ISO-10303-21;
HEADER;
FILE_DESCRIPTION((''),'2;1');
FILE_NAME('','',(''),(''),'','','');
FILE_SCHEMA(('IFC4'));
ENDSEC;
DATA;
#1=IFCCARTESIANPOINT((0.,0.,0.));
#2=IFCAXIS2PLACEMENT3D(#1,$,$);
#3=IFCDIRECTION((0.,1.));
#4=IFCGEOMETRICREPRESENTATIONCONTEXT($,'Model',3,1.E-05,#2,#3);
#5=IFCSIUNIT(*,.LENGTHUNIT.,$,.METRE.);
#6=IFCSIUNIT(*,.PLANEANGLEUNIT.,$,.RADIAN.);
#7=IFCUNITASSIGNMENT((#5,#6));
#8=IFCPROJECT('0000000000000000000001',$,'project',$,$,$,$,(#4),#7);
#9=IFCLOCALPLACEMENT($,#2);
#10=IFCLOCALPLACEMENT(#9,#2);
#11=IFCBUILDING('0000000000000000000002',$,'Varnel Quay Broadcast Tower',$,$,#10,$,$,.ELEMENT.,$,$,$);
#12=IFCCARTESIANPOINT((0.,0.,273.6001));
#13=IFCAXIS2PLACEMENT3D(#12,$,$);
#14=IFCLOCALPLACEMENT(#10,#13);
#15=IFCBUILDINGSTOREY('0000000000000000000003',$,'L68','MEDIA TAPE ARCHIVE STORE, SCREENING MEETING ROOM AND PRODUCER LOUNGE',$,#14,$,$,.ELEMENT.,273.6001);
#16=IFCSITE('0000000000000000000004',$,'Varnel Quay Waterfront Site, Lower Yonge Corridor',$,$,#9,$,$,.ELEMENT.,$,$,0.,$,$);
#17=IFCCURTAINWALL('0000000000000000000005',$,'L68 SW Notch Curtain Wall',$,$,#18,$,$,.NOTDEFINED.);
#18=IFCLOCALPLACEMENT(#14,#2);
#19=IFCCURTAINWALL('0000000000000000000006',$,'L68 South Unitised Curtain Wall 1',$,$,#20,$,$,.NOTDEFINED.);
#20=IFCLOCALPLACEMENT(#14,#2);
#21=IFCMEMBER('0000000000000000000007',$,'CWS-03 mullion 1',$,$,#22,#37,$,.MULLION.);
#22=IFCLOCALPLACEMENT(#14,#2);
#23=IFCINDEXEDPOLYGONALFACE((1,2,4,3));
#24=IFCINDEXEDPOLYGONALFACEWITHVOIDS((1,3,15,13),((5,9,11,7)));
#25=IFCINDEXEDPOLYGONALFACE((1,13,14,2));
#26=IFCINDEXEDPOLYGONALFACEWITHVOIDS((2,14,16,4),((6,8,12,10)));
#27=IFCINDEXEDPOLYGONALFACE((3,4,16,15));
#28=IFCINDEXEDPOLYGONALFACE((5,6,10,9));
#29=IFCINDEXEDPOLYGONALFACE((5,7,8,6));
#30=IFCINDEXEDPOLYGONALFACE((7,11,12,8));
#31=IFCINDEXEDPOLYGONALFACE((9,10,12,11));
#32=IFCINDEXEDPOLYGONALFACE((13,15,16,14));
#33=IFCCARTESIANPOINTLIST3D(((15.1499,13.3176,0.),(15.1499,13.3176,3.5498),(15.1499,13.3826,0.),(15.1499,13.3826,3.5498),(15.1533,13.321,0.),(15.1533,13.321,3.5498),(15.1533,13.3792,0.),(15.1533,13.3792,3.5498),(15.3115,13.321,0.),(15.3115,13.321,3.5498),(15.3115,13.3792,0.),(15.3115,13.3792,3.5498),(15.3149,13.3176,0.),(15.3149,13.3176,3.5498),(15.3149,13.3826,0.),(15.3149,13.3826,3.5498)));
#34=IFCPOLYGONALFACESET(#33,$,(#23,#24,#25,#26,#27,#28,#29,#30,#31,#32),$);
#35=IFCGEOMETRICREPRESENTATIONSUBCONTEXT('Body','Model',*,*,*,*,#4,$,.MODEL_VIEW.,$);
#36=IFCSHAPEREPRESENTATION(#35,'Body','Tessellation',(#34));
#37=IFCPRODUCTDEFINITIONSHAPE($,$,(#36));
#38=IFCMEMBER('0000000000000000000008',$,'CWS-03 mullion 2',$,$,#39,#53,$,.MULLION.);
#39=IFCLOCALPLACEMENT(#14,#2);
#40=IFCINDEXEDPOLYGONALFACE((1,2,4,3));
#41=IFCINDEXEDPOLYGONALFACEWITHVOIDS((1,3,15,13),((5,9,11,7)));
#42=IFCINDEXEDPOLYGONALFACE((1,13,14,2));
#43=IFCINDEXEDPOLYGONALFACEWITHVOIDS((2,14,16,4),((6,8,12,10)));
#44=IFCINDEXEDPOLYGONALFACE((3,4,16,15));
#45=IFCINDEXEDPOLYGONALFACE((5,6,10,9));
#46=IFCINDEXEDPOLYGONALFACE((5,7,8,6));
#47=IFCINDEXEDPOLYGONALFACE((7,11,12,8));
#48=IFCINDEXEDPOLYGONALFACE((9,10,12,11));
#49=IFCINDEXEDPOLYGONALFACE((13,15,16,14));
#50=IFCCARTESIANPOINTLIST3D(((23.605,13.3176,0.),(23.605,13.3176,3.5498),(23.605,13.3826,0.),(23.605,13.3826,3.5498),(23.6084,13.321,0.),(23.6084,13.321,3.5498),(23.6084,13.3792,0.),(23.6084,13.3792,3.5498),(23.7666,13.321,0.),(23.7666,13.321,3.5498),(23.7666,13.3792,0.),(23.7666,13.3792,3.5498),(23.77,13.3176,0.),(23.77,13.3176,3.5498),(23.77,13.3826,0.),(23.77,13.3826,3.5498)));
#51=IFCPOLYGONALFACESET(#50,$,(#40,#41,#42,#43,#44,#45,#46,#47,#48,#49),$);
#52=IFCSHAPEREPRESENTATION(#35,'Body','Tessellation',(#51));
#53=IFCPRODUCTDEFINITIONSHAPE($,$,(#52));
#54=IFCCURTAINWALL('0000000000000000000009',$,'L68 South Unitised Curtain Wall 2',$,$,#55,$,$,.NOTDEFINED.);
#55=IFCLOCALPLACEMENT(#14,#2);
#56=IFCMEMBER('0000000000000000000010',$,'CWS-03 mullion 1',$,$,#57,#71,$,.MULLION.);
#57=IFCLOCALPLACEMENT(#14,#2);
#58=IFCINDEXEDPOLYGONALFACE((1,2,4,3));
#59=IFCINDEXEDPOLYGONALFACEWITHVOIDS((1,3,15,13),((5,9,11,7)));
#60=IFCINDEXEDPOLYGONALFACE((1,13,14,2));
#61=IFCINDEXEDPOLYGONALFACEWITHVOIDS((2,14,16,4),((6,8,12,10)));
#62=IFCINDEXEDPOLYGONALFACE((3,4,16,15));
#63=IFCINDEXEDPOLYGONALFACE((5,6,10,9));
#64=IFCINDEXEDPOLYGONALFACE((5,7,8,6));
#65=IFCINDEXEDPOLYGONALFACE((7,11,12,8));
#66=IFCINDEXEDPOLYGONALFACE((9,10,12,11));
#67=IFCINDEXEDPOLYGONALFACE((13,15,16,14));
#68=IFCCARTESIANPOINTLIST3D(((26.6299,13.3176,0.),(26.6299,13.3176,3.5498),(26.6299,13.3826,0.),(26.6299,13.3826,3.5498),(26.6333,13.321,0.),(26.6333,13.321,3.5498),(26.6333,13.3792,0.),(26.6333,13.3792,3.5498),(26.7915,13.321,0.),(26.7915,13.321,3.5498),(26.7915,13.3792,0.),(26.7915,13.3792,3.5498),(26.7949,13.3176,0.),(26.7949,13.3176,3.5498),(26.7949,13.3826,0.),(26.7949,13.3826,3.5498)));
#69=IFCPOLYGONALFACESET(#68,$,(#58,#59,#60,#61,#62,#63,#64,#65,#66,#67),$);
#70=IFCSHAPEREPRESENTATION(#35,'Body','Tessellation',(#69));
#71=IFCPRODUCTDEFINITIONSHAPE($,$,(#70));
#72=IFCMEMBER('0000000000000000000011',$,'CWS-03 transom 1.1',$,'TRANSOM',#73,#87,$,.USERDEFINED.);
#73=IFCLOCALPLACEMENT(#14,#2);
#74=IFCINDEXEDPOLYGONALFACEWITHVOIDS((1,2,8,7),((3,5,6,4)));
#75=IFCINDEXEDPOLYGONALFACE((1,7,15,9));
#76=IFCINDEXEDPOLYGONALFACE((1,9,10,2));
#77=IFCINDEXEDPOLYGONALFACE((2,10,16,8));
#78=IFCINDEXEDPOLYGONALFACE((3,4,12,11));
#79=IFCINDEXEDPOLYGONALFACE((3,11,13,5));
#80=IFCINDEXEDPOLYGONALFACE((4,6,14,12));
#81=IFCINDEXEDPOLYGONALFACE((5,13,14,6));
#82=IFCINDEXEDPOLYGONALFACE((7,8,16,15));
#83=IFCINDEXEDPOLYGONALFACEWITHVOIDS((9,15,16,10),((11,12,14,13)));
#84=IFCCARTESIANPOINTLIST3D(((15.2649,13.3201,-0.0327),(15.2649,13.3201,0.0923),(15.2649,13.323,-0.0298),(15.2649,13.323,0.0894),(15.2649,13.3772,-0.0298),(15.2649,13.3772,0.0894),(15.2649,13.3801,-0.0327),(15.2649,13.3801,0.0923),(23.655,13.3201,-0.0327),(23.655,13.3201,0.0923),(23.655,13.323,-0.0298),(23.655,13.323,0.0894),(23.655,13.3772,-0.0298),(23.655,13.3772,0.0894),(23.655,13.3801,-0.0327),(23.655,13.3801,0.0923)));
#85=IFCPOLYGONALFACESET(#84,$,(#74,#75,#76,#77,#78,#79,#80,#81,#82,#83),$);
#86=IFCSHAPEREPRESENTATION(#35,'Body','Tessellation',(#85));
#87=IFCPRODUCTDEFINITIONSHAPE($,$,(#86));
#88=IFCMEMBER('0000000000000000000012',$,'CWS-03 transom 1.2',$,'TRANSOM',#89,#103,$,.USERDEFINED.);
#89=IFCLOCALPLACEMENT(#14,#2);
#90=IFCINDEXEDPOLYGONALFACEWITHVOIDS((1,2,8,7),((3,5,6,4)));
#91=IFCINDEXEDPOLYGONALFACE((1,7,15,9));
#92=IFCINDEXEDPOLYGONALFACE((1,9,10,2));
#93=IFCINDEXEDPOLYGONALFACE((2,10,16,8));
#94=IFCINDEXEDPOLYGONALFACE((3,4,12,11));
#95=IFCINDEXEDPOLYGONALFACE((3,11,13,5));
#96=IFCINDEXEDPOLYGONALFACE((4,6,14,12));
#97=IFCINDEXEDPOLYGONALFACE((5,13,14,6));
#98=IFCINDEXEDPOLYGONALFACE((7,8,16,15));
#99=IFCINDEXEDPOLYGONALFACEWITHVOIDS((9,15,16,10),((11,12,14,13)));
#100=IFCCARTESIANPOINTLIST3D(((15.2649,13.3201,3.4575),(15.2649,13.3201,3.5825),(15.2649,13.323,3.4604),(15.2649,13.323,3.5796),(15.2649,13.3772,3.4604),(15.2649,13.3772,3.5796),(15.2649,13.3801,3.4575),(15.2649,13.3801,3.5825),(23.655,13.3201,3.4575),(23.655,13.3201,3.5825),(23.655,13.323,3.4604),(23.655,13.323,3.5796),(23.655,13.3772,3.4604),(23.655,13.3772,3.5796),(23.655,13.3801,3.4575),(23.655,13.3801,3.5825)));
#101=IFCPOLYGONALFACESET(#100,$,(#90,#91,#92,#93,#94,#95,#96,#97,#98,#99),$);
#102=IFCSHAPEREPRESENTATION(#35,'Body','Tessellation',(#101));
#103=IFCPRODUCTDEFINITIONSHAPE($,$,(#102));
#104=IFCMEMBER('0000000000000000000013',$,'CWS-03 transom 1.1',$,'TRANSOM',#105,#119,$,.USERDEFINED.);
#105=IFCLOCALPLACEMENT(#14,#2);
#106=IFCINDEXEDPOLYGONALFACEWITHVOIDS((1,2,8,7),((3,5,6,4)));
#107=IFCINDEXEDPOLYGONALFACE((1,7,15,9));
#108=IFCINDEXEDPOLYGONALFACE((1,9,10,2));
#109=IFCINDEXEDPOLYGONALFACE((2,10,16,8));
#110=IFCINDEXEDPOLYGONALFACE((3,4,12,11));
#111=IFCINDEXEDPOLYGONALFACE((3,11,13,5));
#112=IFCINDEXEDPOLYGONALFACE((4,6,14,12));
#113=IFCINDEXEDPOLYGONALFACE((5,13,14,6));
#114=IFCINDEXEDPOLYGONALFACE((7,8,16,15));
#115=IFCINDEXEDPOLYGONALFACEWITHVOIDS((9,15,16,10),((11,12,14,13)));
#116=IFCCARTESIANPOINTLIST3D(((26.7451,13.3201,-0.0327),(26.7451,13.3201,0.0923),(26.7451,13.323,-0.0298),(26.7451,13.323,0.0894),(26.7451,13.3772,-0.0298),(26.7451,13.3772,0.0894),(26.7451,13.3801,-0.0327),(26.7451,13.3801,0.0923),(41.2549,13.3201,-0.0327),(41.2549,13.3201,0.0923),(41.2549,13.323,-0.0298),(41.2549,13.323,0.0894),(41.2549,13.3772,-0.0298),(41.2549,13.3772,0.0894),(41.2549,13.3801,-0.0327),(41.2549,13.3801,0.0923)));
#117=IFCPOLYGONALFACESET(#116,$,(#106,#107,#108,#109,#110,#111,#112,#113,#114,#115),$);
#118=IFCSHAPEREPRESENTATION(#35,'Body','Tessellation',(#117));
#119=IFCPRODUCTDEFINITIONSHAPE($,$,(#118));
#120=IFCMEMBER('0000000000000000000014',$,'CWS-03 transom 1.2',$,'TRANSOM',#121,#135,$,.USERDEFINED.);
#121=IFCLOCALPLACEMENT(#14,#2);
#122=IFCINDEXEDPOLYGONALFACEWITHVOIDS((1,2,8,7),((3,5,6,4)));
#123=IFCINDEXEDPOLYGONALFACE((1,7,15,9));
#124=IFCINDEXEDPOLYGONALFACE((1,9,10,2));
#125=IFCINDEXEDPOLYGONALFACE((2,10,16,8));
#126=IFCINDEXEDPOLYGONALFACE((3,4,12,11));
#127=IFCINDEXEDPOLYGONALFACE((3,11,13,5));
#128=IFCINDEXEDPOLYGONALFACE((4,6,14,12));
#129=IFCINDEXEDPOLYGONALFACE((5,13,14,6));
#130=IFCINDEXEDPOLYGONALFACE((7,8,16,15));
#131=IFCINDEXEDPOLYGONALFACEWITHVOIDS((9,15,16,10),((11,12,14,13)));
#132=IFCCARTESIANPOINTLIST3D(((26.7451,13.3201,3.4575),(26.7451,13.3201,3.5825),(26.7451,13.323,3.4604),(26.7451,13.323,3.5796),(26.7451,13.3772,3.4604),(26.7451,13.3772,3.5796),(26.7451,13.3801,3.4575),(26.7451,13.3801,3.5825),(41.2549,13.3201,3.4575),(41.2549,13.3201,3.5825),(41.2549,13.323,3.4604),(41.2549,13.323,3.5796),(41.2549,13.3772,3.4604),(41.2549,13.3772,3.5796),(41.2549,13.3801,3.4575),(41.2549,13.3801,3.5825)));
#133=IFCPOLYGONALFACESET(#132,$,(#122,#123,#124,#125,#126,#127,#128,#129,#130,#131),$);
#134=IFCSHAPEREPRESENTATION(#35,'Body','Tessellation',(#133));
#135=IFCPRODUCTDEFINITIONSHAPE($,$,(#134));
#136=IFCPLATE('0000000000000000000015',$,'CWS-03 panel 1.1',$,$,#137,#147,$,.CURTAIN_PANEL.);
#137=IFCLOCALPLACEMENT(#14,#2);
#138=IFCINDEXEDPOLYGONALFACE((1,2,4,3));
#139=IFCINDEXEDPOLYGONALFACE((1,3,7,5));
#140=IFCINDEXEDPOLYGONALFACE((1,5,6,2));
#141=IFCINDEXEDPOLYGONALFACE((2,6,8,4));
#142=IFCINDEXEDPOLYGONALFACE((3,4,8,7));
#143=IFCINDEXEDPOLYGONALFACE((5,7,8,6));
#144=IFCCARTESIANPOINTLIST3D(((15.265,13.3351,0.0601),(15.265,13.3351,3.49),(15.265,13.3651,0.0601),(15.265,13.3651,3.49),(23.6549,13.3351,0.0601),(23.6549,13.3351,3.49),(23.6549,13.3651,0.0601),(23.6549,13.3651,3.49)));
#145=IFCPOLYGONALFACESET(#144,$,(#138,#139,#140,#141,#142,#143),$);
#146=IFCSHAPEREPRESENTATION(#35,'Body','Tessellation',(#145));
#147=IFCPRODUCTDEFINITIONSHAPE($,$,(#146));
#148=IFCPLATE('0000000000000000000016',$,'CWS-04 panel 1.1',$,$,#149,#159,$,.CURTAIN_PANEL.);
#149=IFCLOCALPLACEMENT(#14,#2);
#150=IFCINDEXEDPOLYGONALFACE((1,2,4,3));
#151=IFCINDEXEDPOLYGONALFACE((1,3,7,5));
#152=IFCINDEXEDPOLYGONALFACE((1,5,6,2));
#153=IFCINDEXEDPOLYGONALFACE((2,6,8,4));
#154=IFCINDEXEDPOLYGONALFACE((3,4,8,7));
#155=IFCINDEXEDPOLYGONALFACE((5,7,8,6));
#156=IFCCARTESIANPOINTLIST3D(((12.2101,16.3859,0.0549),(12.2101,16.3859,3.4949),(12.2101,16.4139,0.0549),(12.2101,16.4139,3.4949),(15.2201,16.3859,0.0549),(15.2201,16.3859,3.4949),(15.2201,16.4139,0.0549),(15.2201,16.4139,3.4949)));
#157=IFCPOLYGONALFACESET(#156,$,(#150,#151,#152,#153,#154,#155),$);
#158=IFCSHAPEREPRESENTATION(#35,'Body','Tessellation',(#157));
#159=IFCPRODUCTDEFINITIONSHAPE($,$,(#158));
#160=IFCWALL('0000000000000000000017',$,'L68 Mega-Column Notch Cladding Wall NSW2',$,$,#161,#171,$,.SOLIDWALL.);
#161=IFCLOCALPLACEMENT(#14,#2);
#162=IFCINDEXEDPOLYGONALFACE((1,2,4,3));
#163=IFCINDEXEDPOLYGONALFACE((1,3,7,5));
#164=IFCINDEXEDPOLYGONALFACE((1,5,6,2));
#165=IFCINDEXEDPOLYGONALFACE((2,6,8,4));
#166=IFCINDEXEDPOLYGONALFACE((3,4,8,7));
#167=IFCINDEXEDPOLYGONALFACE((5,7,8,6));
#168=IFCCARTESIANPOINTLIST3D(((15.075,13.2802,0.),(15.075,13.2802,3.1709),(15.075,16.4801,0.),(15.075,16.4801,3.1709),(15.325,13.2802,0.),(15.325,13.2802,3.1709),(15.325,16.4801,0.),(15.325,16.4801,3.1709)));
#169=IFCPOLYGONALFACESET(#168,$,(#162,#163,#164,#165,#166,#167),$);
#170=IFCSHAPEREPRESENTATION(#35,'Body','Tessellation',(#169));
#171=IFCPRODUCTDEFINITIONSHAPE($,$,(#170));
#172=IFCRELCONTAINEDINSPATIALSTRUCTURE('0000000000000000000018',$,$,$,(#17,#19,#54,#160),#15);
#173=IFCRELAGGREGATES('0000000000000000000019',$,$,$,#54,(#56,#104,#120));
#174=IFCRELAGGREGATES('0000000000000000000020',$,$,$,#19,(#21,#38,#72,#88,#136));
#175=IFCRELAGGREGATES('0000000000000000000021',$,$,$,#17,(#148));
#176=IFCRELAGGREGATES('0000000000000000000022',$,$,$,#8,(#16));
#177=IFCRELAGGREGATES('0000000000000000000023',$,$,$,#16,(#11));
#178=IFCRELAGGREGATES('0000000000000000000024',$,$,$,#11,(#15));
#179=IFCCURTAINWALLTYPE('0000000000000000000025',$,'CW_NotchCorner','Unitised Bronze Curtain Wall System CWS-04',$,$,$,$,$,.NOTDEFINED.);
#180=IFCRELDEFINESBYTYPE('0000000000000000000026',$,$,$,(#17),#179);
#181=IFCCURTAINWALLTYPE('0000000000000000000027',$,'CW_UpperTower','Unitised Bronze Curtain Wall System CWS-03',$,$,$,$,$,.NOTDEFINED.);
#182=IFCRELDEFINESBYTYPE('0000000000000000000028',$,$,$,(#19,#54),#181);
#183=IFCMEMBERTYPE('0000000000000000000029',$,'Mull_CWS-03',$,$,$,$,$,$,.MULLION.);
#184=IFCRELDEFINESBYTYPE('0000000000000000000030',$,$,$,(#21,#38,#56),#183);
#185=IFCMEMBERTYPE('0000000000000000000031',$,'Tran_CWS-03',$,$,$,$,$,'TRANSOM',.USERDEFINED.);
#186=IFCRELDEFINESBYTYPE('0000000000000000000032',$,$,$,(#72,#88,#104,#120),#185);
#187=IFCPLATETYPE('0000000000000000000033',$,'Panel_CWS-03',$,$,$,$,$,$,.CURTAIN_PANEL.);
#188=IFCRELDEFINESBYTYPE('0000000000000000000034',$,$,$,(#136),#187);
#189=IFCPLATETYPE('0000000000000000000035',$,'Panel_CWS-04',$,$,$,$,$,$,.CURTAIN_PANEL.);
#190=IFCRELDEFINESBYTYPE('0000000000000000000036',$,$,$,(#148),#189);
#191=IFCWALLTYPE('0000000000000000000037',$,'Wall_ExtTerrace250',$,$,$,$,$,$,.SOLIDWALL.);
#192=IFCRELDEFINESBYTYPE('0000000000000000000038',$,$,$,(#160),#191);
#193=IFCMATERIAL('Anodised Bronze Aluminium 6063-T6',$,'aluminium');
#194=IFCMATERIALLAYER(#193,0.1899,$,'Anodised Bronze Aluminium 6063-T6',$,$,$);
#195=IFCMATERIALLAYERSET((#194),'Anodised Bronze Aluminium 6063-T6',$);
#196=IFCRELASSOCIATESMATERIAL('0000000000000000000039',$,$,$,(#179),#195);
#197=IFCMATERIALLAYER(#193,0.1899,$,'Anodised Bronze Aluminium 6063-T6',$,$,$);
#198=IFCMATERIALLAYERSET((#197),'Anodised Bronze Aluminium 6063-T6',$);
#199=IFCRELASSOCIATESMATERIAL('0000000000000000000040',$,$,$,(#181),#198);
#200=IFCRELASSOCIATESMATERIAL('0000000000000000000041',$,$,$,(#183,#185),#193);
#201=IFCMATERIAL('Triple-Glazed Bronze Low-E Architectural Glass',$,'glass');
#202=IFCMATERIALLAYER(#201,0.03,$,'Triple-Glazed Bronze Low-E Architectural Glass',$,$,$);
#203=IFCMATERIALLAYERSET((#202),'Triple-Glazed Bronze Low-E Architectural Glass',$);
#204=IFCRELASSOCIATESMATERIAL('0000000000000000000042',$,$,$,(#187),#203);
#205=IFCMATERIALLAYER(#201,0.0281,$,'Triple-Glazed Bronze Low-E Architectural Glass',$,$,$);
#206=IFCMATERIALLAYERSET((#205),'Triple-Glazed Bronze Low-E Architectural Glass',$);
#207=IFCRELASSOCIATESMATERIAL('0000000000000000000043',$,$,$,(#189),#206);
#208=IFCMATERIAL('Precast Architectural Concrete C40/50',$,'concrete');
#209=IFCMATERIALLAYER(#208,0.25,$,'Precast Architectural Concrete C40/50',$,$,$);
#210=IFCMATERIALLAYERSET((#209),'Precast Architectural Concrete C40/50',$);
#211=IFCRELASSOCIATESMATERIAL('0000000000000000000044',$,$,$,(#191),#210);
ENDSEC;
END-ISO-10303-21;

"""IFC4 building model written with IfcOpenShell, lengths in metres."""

from ifc_helpers import new_model, si_unit, direction, frame, frame_2d, origin, origin_2d, place, context, subcontext, project, spatial, rectangle, hollow_rectangle, extrude, source, transform, mapped, material, layer, layer_set, material_profile, profile_set, type_object, type_shapes, element, aggregate, save


model = new_model("IFC4")

# Units and contexts
model_context = context("Model", 3, precision=1e-05, world=origin(), true_north=direction((0.0, 1.0)))
body_context = subcontext(model_context, "Body", "Model", "MODEL_VIEW")
ifc_project = project(units=[si_unit("LENGTHUNIT", "METRE"), si_unit("PLANEANGLEUNIT", "RADIAN")], contexts=[model_context])

# Site, building, storey
site_placement = place(None, origin())
site = spatial("IfcSite", under=ifc_project, at=site_placement, Name="Varnel Quay Waterfront Site, Lower Yonge Corridor", CompositionType="ELEMENT", RefElevation=0.0)
building_placement = place(site_placement, origin())
building = spatial("IfcBuilding", under=site, at=building_placement, Name="Varnel Quay Broadcast Tower", CompositionType="ELEMENT")
storey_placement = place(building_placement, frame((0.0, 0.0, 273.6001)))
storey = spatial("IfcBuildingStorey", under=building, at=storey_placement, Name="L68", Description="MEDIA TAPE ARCHIVE STORE, SCREENING MEETING ROOM AND PRODUCER LOUNGE", CompositionType="ELEMENT", Elevation=273.6001)

# Curtain wall
ifc_material_1 = material(Name="Anodised Bronze Aluminium 6063-T6", Category="aluminium")
ifc_layer_1 = layer(ifc_material_1, 0.1899, Name="Anodised Bronze Aluminium 6063-T6")
ifc_layer_set_1 = layer_set([ifc_layer_1], Name="Anodised Bronze Aluminium 6063-T6")
curtain_wall_type_1 = type_object("IfcCurtainWallType", Name="CW_NotchCorner", Description="Unitised Bronze Curtain Wall System CWS-04", PredefinedType="NOTDEFINED", material=ifc_layer_set_1)
curtain_wall_1_placement = place(storey_placement, origin())
curtain_wall_1 = element("IfcCurtainWall", 1, at=curtain_wall_1_placement, inside=storey, type_object=curtain_wall_type_1, Name="L68 SW Notch Curtain Wall", PredefinedType="NOTDEFINED")

# Curtain wall, members
ifc_layer_2 = layer(ifc_material_1, 0.1899, Name="Anodised Bronze Aluminium 6063-T6")
ifc_layer_set_2 = layer_set([ifc_layer_2], Name="Anodised Bronze Aluminium 6063-T6")
curtain_wall_type_2 = type_object("IfcCurtainWallType", Name="CW_UpperTower", Description="Unitised Bronze Curtain Wall System CWS-03", PredefinedType="NOTDEFINED", material=ifc_layer_set_2)
curtain_wall_2_placement = place(storey_placement, origin())
curtain_wall_2 = element("IfcCurtainWall", 2, at=curtain_wall_2_placement, inside=storey, type_object=curtain_wall_type_2, Name="L68 South Unitised Curtain Wall 1", PredefinedType="NOTDEFINED")
ifc_material_profile_1 = material_profile(ifc_material_1, hollow_rectangle(XDim=0.0649, YDim=0.165, WallThickness=0.0034, at=origin_2d()), Name="ALU65X165X3.5")
ifc_profile_set_1 = profile_set([ifc_material_profile_1], Name="Anodised Bronze Aluminium 6063-T6")
member_type_1 = type_object("IfcMemberType", Name="Mull_CWS-03", PredefinedType="MULLION", material=ifc_profile_set_1)
shared_shape_1 = source(origin(), body_context, "Body", "SweptSolid", [
    extrude(hollow_rectangle(XDim=0.0649, YDim=0.165, WallThickness=0.0034, at=origin_2d()), origin(), (0.0, 0.0, 1.0), 3.5498),
])
type_shapes(member_type_1, [shared_shape_1])
member_1_placement = place(storey_placement, frame((15.2324, 13.3501, 0.0), z_axis=(0.0, 0.0, 1.0), x_axis=(0.0, 1.0, 0.0)))
member_1 = element("IfcMember", 3, at=member_1_placement, type_object=member_type_1, Name="CWS-03 mullion 1", PredefinedType="MULLION", context=body_context, shape_type="MappedRepresentation", body=[
    mapped(shared_shape_1, transform((0.0, 0.0, 0.0), x_axis=(1.0, 0.0, 0.0), y_axis=(0.0, 1.0, 0.0), z_axis=(0.0, 0.0, 1.0), scale=1.0)),
])
member_2_placement = place(storey_placement, frame((23.6875, 13.3501, 0.0), z_axis=(0.0, 0.0, 1.0), x_axis=(0.0, 1.0, 0.0)))
member_2 = element("IfcMember", 4, at=member_2_placement, type_object=member_type_1, Name="CWS-03 mullion 2", PredefinedType="MULLION", context=body_context, shape_type="MappedRepresentation", body=[
    mapped(shared_shape_1, transform((0.0, 0.0, 0.0), x_axis=(1.0, 0.0, 0.0), y_axis=(0.0, 1.0, 0.0), z_axis=(0.0, 0.0, 1.0), scale=1.0)),
])

# Curtain wall, member
curtain_wall_3_placement = place(storey_placement, origin())
curtain_wall_3 = element("IfcCurtainWall", 5, at=curtain_wall_3_placement, inside=storey, type_object=curtain_wall_type_2, Name="L68 South Unitised Curtain Wall 2", PredefinedType="NOTDEFINED")
member_3_placement = place(storey_placement, frame((26.7124, 13.3501, 0.0), z_axis=(0.0, 0.0, 1.0), x_axis=(0.0, 1.0, 0.0)))
member_3 = element("IfcMember", 6, at=member_3_placement, type_object=member_type_1, Name="CWS-03 mullion 1", PredefinedType="MULLION", context=body_context, shape_type="MappedRepresentation", body=[
    mapped(shared_shape_1, transform((0.0, 0.0, 0.0), x_axis=(1.0, 0.0, 0.0), y_axis=(0.0, 1.0, 0.0), z_axis=(0.0, 0.0, 1.0), scale=1.0)),
])

# Members
ifc_material_profile_2 = material_profile(ifc_material_1, hollow_rectangle(XDim=0.0601, YDim=0.125, WallThickness=0.0029, at=origin_2d()), Name="ALU60X125X3")
ifc_profile_set_2 = profile_set([ifc_material_profile_2], Name="Anodised Bronze Aluminium 6063-T6")
member_type_2 = type_object("IfcMemberType", Name="Tran_CWS-03", ElementType="TRANSOM", PredefinedType="USERDEFINED", material=ifc_profile_set_2)
shared_shape_2 = source(origin(), body_context, "Body", "SweptSolid", [
    extrude(hollow_rectangle(XDim=0.0601, YDim=0.125, WallThickness=0.0029, at=origin_2d()), origin(), (0.0, 0.0, 1.0), 8.3901),
])
member_4_placement = place(storey_placement, frame((15.2649, 13.3501, 0.0298), z_axis=(1.0, 0.0, 0.0), x_axis=(0.0, 1.0, 0.0)))
member_4 = element("IfcMember", 7, at=member_4_placement, type_object=member_type_2, Name="CWS-03 transom 1.1", ObjectType="TRANSOM", PredefinedType="USERDEFINED", context=body_context, shape_type="MappedRepresentation", body=[
    mapped(shared_shape_2, transform((0.0, 0.0, 0.0), x_axis=(1.0, 0.0, 0.0), y_axis=(0.0, 1.0, 0.0), z_axis=(0.0, 0.0, 1.0), scale=1.0)),
])
member_5_placement = place(storey_placement, frame((15.2649, 13.3501, 3.52), z_axis=(1.0, 0.0, 0.0), x_axis=(0.0, 1.0, 0.0)))
member_5 = element("IfcMember", 8, at=member_5_placement, type_object=member_type_2, Name="CWS-03 transom 1.2", ObjectType="TRANSOM", PredefinedType="USERDEFINED", context=body_context, shape_type="MappedRepresentation", body=[
    mapped(shared_shape_2, transform((0.0, 0.0, 0.0), x_axis=(1.0, 0.0, 0.0), y_axis=(0.0, 1.0, 0.0), z_axis=(0.0, 0.0, 1.0), scale=1.0)),
])
shared_shape_3 = source(origin(), body_context, "Body", "SweptSolid", [
    extrude(hollow_rectangle(XDim=0.0601, YDim=0.125, WallThickness=0.0029, at=origin_2d()), origin(), (0.0, 0.0, 1.0), 14.5098),
])
type_shapes(member_type_2, [shared_shape_2, shared_shape_3])
member_6_placement = place(storey_placement, frame((26.7451, 13.3501, 0.0298), z_axis=(1.0, 0.0, 0.0), x_axis=(0.0, 1.0, 0.0)))
member_6 = element("IfcMember", 9, at=member_6_placement, type_object=member_type_2, Name="CWS-03 transom 1.1", ObjectType="TRANSOM", PredefinedType="USERDEFINED", context=body_context, shape_type="MappedRepresentation", body=[
    mapped(shared_shape_3, transform((0.0, 0.0, 0.0), x_axis=(1.0, 0.0, 0.0), y_axis=(0.0, 1.0, 0.0), z_axis=(0.0, 0.0, 1.0), scale=1.0)),
])
member_7_placement = place(storey_placement, frame((26.7451, 13.3501, 3.52), z_axis=(1.0, 0.0, 0.0), x_axis=(0.0, 1.0, 0.0)))
member_7 = element("IfcMember", 10, at=member_7_placement, type_object=member_type_2, Name="CWS-03 transom 1.2", ObjectType="TRANSOM", PredefinedType="USERDEFINED", context=body_context, shape_type="MappedRepresentation", body=[
    mapped(shared_shape_3, transform((0.0, 0.0, 0.0), x_axis=(1.0, 0.0, 0.0), y_axis=(0.0, 1.0, 0.0), z_axis=(0.0, 0.0, 1.0), scale=1.0)),
])
aggregate(curtain_wall_3, [member_3, member_6, member_7])

# Plates
ifc_material_2 = material(Name="Triple-Glazed Bronze Low-E Architectural Glass", Category="glass")
ifc_layer_3 = layer(ifc_material_2, 0.03, Name="Triple-Glazed Bronze Low-E Architectural Glass")
ifc_layer_set_3 = layer_set([ifc_layer_3], Name="Triple-Glazed Bronze Low-E Architectural Glass")
plate_type_1 = type_object("IfcPlateType", Name="Panel_CWS-03", PredefinedType="CURTAIN_PANEL", material=ifc_layer_set_3)
shared_shape_4 = source(origin(), body_context, "Body", "SweptSolid", [
    extrude(rectangle(XDim=8.3899, YDim=0.03, at=origin_2d()), origin(), (0.0, 0.0, 1.0), 3.4299),
])
type_shapes(plate_type_1, [shared_shape_4])
plate_1_placement = place(storey_placement, frame((19.46, 13.3501, 0.0601), z_axis=(0.0, 0.0, 1.0), x_axis=(1.0, 0.0, 0.0)))
plate_1 = element("IfcPlate", 11, at=plate_1_placement, type_object=plate_type_1, Name="CWS-03 panel 1.1", PredefinedType="CURTAIN_PANEL", context=body_context, shape_type="MappedRepresentation", body=[
    mapped(shared_shape_4, transform((0.0, 0.0, 0.0), x_axis=(1.0, 0.0, 0.0), y_axis=(0.0, 1.0, 0.0), z_axis=(0.0, 0.0, 1.0), scale=1.0)),
])
aggregate(curtain_wall_2, [member_1, member_2, member_4, member_5, plate_1])
ifc_layer_4 = layer(ifc_material_2, 0.0281, Name="Triple-Glazed Bronze Low-E Architectural Glass")
ifc_layer_set_4 = layer_set([ifc_layer_4], Name="Triple-Glazed Bronze Low-E Architectural Glass")
plate_type_2 = type_object("IfcPlateType", Name="Panel_CWS-04", PredefinedType="CURTAIN_PANEL", material=ifc_layer_set_4)
shared_shape_5 = source(origin(), body_context, "Body", "SweptSolid", [
    extrude(rectangle(XDim=3.01, YDim=0.0281, at=origin_2d()), origin(), (0.0, 0.0, 1.0), 3.4399),
])
type_shapes(plate_type_2, [shared_shape_5])
plate_2_placement = place(storey_placement, frame((13.7151, 16.3999, 0.0549), z_axis=(0.0, 0.0, 1.0), x_axis=(1.0, 0.0, 0.0)))
plate_2 = element("IfcPlate", 12, at=plate_2_placement, type_object=plate_type_2, Name="CWS-04 panel 1.1", PredefinedType="CURTAIN_PANEL", context=body_context, shape_type="MappedRepresentation", body=[
    mapped(shared_shape_5, transform((0.0, 0.0, 0.0), x_axis=(1.0, 0.0, 0.0), y_axis=(0.0, 1.0, 0.0), z_axis=(0.0, 0.0, 1.0), scale=1.0)),
])
aggregate(curtain_wall_1, [plate_2])

# Shared definitions
ifc_material_3 = material(Name="Precast Architectural Concrete C40/50", Category="concrete")
ifc_layer_5 = layer(ifc_material_3, 0.25, Name="Precast Architectural Concrete C40/50")
ifc_layer_set_5 = layer_set([ifc_layer_5], Name="Precast Architectural Concrete C40/50")
wall_type = type_object("IfcWallType", Name="Wall_ExtTerrace250", PredefinedType="SOLIDWALL", material=ifc_layer_set_5)

# Wall
wall_1_placement = place(storey_placement, frame((15.2, 13.28, 0.0), z_axis=(0.0, 0.0, 1.0), x_axis=(0.0, 1.0, 0.0)))
element("IfcWall", 13, at=wall_1_placement, inside=storey, type_object=wall_type, Name="L68 Mega-Column Notch Cladding Wall NSW2", PredefinedType="SOLIDWALL", context=body_context, shape_type="SweptSolid", body=[
    extrude(rectangle(XDim=3.2, YDim=0.25, at=frame_2d((1.6001, 0.0))), origin(), (0.0, 0.0, 1.0), 3.1709),
])

save(model, "model.ifc")
